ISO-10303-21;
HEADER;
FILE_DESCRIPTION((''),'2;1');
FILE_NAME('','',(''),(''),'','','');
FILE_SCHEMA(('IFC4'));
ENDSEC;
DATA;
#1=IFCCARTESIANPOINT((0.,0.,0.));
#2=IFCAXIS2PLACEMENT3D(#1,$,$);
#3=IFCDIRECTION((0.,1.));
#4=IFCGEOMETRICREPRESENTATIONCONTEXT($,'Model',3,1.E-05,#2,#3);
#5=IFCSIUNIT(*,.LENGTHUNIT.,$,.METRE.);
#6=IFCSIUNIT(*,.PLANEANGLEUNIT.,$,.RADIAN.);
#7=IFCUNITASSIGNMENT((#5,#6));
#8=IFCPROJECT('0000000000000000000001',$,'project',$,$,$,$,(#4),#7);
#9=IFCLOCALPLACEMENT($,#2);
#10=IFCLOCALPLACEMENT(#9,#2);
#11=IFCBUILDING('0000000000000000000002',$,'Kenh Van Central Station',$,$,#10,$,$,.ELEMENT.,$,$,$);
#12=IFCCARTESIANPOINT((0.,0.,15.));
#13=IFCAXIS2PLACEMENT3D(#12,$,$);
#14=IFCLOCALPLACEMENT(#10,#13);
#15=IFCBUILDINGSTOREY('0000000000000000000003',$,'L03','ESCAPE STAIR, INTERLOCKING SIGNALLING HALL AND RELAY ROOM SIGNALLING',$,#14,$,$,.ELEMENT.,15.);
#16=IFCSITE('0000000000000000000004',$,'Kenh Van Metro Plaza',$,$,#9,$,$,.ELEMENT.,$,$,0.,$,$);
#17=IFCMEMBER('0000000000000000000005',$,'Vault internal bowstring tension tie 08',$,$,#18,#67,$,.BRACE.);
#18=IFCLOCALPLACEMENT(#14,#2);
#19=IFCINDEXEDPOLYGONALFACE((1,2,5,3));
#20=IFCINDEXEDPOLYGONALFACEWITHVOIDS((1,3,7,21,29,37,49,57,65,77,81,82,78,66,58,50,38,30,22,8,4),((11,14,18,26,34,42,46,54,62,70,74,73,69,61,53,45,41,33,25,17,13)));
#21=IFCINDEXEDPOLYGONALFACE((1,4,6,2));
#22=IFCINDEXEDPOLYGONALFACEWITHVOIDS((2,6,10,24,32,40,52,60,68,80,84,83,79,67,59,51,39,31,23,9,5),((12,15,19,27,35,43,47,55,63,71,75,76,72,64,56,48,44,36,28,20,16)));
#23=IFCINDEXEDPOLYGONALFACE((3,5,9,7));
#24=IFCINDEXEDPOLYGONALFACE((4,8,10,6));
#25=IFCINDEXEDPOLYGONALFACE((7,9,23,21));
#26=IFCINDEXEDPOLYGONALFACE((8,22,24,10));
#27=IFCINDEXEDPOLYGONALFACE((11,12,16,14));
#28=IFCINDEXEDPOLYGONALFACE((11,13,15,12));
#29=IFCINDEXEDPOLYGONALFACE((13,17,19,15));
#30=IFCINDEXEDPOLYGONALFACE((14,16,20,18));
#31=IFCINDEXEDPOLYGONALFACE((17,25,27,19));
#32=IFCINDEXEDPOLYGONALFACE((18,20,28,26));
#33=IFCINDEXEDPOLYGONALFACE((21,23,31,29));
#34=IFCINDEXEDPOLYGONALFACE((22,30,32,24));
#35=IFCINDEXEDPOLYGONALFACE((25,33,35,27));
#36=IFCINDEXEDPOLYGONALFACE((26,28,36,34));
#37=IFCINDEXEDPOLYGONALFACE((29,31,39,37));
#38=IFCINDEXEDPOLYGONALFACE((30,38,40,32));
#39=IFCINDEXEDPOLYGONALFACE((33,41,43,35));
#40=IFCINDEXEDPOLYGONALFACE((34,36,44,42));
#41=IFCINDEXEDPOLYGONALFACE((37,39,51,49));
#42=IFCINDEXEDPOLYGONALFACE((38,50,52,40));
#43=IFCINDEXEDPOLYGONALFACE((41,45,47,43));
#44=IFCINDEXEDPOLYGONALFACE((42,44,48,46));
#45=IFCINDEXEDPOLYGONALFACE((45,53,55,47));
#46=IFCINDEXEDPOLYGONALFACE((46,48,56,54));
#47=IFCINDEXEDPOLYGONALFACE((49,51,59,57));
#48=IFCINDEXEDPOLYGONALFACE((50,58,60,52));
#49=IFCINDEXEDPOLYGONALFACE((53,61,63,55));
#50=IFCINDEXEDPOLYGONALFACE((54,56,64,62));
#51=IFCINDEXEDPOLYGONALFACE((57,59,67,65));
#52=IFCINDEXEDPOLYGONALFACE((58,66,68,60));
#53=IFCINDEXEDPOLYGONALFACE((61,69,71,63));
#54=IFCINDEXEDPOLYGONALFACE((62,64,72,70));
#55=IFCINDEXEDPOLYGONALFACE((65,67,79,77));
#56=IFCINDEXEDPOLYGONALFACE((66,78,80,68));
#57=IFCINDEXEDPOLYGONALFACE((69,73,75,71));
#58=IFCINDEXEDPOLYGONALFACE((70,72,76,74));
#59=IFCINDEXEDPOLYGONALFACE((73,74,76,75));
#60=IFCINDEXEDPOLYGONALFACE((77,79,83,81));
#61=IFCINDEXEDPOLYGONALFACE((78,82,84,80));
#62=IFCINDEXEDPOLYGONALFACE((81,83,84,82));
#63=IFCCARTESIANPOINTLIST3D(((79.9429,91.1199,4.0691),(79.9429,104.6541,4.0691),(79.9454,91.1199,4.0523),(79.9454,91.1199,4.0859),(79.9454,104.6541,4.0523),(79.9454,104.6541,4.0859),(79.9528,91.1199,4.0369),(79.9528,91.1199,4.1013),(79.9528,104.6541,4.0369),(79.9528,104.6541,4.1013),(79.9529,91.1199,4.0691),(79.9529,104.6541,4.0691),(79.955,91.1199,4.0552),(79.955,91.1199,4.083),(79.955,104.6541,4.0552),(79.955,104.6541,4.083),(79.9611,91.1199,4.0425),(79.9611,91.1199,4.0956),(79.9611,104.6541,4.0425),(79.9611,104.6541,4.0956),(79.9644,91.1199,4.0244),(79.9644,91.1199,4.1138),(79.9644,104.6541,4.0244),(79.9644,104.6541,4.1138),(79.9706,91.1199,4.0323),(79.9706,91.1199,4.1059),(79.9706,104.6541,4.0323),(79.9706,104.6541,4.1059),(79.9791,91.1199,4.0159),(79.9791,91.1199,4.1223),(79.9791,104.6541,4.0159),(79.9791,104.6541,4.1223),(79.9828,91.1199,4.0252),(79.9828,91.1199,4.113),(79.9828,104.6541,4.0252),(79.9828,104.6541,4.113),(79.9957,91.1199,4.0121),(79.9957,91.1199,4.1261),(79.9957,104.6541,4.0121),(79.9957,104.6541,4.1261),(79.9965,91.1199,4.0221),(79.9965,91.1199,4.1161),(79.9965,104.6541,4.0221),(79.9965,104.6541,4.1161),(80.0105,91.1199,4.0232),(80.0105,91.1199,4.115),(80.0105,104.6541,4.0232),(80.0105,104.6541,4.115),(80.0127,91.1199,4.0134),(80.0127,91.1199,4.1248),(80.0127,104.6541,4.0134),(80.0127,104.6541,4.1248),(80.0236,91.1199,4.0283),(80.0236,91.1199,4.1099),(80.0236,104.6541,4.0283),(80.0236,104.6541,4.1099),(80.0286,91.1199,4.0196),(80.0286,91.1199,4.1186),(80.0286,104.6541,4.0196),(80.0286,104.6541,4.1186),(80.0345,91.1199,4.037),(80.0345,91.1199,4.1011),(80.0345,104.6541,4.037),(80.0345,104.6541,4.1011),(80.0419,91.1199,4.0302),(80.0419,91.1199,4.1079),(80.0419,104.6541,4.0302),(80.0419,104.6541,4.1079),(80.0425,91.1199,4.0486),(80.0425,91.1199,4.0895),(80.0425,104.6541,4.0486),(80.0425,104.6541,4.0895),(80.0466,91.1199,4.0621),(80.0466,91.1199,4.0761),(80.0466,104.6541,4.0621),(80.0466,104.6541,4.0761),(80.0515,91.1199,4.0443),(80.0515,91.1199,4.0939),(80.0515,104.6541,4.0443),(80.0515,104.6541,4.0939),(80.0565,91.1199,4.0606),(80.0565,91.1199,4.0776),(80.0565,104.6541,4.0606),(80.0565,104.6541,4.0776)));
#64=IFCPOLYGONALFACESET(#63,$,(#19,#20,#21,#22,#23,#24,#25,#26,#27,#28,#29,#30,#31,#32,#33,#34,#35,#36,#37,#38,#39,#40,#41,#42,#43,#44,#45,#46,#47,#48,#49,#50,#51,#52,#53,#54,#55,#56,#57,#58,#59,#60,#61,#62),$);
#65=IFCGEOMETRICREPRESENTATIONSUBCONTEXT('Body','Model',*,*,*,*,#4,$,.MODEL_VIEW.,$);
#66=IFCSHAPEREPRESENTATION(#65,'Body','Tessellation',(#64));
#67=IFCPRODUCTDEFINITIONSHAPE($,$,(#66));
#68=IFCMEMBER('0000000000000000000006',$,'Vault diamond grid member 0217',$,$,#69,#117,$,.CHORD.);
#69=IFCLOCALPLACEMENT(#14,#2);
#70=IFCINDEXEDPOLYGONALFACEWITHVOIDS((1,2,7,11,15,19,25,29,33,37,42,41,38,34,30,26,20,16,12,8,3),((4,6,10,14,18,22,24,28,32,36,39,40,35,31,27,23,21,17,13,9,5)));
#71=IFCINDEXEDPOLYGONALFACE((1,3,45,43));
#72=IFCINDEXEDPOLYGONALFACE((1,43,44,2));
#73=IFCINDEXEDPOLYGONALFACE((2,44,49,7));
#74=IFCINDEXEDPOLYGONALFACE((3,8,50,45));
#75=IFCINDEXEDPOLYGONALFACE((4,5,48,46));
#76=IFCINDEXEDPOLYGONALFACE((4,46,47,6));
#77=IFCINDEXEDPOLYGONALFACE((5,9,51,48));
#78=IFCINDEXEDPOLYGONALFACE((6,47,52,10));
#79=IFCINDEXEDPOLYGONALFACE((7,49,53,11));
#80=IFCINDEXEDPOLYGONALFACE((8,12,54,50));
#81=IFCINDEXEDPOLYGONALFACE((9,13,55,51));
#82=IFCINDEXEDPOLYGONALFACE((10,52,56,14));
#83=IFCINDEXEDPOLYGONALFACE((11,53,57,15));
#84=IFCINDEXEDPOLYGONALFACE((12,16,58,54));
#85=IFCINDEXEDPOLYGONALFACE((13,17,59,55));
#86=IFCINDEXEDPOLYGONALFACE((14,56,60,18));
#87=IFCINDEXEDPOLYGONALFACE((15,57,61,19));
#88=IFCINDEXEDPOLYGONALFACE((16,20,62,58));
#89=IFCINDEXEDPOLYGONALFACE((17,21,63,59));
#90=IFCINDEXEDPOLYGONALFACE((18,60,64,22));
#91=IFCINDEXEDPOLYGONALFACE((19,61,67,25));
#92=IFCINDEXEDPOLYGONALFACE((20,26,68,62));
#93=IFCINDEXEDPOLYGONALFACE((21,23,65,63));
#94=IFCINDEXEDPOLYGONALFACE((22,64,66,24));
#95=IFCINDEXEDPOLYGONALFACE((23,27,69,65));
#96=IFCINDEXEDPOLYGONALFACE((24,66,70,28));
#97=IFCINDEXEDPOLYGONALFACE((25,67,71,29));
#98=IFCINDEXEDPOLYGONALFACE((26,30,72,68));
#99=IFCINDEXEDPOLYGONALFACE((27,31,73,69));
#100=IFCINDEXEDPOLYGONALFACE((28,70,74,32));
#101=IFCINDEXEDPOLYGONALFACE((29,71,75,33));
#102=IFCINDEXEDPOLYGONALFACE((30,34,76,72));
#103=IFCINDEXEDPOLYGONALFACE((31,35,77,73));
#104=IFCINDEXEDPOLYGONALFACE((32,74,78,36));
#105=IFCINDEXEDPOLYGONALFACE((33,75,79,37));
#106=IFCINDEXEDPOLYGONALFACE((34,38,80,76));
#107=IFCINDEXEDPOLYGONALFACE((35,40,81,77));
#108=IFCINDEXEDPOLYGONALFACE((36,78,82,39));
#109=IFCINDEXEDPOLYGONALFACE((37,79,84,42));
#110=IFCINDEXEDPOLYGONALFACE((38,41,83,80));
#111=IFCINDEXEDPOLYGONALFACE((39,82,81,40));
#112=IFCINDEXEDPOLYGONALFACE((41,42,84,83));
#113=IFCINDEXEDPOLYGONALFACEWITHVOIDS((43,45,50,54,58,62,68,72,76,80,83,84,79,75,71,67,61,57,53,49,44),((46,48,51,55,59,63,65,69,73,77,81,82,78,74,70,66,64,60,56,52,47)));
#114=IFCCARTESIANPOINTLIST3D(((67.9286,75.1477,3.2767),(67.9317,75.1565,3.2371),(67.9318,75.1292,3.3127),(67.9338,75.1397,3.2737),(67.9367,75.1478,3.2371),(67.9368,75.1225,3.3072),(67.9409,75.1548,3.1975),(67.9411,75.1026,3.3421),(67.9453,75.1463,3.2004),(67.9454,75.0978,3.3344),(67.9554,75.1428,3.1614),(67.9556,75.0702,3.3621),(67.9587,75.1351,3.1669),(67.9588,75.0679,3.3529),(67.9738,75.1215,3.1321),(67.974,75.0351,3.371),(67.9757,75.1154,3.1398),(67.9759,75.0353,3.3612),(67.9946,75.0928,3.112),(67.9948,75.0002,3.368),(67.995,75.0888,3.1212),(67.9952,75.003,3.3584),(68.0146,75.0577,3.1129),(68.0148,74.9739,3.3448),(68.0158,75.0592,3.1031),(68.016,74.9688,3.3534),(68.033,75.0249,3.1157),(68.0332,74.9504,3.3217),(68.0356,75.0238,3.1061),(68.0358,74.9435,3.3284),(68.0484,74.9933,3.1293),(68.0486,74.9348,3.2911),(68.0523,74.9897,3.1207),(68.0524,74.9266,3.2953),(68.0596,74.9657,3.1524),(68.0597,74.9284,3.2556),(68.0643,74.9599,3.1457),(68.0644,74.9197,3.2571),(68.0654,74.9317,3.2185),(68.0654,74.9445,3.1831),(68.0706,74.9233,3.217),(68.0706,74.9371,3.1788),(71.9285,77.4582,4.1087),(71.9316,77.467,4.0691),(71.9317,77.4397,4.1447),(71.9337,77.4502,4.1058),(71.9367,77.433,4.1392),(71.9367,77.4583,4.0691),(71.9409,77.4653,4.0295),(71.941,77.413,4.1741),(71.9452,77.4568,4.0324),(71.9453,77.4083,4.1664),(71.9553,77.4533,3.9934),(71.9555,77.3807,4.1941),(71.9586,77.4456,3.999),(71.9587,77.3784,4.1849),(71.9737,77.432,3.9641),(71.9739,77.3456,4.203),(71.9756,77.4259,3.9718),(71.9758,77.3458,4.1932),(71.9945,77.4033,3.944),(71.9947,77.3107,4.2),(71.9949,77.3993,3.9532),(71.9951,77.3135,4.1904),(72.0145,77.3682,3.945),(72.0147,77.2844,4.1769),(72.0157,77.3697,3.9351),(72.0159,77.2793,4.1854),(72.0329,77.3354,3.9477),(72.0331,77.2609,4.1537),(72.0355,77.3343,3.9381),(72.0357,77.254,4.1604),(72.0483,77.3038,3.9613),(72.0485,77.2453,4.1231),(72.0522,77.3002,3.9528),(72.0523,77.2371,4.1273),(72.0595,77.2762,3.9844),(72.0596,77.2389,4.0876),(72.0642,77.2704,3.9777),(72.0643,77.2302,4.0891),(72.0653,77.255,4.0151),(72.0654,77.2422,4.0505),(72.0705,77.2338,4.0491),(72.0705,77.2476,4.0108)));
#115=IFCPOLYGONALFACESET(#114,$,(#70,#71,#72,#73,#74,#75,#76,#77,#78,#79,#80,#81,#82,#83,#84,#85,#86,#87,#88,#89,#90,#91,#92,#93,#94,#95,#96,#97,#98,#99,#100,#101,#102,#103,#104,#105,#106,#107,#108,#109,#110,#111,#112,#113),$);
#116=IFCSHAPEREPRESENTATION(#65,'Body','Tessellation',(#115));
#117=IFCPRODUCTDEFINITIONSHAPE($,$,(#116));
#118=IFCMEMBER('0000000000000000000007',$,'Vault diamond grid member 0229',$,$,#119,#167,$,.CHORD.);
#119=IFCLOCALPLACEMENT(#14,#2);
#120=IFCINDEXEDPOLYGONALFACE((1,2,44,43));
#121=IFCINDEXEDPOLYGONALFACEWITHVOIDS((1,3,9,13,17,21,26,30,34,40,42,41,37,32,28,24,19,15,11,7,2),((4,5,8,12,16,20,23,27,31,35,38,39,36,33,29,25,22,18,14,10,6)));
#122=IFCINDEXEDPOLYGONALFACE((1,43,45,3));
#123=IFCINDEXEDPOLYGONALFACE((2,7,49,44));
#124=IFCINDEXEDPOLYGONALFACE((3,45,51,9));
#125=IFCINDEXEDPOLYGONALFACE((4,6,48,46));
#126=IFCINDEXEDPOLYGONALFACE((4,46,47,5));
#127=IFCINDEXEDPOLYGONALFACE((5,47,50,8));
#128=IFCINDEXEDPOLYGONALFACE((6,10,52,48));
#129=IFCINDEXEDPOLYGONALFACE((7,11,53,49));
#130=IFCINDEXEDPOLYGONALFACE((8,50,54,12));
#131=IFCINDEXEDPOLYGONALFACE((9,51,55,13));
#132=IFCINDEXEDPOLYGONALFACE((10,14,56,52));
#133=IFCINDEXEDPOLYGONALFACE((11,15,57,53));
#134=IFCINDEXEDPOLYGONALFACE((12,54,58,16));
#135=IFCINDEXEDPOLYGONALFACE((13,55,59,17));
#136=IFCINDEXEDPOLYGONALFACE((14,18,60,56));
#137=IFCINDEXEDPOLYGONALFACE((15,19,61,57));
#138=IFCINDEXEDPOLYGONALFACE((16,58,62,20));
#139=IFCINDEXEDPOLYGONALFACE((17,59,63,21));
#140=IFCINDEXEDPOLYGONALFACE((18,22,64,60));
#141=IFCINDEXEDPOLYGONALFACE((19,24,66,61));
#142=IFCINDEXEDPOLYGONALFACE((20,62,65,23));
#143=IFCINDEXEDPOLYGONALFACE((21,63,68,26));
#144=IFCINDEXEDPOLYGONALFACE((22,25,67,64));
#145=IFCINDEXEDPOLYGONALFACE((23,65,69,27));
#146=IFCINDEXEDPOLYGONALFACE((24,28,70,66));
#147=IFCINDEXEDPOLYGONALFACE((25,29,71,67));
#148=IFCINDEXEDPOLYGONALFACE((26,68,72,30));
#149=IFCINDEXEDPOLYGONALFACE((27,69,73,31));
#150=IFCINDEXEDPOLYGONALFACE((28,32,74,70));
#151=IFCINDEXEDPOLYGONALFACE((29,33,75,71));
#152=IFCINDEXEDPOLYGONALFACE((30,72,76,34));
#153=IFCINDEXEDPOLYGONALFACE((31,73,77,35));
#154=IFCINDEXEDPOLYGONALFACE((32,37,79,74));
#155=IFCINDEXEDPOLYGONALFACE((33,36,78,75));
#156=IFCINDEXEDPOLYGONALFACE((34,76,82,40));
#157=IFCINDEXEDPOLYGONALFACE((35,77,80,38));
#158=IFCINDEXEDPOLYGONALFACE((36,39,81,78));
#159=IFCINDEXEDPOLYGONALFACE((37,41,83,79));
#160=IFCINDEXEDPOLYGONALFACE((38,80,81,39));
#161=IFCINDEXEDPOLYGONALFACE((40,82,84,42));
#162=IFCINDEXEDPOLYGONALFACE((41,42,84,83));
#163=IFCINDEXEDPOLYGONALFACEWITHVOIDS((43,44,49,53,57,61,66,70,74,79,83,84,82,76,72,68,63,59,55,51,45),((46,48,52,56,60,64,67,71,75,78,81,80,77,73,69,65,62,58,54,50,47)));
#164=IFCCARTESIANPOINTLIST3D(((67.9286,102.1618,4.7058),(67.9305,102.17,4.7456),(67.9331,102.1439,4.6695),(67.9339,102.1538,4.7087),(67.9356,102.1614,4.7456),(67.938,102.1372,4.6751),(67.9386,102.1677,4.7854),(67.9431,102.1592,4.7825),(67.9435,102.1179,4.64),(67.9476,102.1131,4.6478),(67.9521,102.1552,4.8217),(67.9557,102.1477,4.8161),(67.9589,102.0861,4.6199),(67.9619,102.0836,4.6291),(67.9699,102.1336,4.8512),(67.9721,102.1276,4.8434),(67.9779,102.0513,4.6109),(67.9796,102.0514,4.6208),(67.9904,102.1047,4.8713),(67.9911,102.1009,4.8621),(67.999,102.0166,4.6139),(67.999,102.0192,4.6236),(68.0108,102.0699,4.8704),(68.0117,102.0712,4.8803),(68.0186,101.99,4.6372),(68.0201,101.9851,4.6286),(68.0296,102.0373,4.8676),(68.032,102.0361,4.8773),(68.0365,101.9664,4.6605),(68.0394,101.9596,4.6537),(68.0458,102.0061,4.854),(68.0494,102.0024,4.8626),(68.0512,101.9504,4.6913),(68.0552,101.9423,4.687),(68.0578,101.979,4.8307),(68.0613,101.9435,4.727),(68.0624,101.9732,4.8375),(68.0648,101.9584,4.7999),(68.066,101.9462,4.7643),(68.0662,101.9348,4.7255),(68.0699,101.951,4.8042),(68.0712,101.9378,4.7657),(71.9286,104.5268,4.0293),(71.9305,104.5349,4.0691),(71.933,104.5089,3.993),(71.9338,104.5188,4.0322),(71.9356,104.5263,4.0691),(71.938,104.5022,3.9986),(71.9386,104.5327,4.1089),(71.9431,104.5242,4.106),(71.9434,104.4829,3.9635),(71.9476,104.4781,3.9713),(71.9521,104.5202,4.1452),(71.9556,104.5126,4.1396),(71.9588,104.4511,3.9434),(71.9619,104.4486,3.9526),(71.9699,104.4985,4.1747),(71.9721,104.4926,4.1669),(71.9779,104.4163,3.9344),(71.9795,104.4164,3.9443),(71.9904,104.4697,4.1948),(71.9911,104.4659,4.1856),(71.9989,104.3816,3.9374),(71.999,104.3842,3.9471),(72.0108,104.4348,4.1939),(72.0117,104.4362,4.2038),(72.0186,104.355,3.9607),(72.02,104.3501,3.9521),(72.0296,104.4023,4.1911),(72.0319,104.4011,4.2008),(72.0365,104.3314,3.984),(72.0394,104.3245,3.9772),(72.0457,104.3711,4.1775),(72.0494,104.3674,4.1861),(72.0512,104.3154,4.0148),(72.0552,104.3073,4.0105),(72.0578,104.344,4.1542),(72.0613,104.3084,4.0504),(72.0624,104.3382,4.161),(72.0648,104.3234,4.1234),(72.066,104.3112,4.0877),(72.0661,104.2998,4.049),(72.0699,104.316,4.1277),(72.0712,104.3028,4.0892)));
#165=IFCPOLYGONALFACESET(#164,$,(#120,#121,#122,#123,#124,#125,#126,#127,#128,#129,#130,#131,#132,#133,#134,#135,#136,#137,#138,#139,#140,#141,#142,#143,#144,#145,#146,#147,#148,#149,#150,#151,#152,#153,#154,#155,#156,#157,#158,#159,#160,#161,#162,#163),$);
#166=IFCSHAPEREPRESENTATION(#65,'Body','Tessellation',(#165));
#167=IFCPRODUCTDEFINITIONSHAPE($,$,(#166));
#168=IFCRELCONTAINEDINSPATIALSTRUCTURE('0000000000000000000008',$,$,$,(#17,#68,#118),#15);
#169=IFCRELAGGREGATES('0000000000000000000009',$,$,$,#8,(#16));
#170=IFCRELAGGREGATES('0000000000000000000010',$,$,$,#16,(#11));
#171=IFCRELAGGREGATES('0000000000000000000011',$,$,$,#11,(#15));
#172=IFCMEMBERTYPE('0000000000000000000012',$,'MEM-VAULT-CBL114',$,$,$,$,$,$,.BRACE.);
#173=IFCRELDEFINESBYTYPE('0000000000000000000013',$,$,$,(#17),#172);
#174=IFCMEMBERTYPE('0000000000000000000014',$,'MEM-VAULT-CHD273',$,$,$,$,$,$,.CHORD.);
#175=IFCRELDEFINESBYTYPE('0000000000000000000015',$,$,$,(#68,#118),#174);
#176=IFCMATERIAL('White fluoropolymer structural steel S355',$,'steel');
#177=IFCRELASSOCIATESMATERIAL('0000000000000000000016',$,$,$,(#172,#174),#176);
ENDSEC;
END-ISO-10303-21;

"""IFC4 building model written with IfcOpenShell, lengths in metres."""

from ifc_helpers import new_model, si_unit, direction, frame, origin, origin_2d, place, context, subcontext, project, spatial, hollow_circle, extrude, material, material_profile, profile_set, type_object, element, save


model = new_model("IFC4")

# Units and contexts
model_context = context("Model", 3, precision=1e-05, world=origin(), true_north=direction((0.0, 1.0)))
body_context = subcontext(model_context, "Body", "Model", "MODEL_VIEW")
ifc_project = project(units=[si_unit("LENGTHUNIT", "METRE"), si_unit("PLANEANGLEUNIT", "RADIAN")], contexts=[model_context])

# Site, building, storey
site_placement = place(None, origin())
site = spatial("IfcSite", under=ifc_project, at=site_placement, Name="Kenh Van Metro Plaza", CompositionType="ELEMENT", RefElevation=0.0)
building_placement = place(site_placement, origin())
building = spatial("IfcBuilding", under=site, at=building_placement, Name="Kenh Van Central Station", CompositionType="ELEMENT")
storey_placement = place(building_placement, frame((0.0, 0.0, 15.0)))
storey = spatial("IfcBuildingStorey", under=building, at=storey_placement, Name="L03", Description="ESCAPE STAIR, INTERLOCKING SIGNALLING HALL AND RELAY ROOM SIGNALLING", CompositionType="ELEMENT", Elevation=15.0)

# Shared definitions
ifc_material_1 = material(Name="White fluoropolymer structural steel S355", Category="steel")

# Members
ifc_material_profile_1 = material_profile(ifc_material_1, hollow_circle(Radius=0.0571, WallThickness=0.01, at=origin_2d()), Name="CHS 114.3x10")
ifc_profile_set_1 = profile_set([ifc_material_profile_1], Name="White fluoropolymer structural steel S355")
member_type_1 = type_object("IfcMemberType", Name="MEM-VAULT-CBL114", PredefinedType="BRACE", material=ifc_profile_set_1)
member_1_placement = place(storey_placement, frame((80.0, 91.1199, 4.0691), z_axis=(0.0, 1.0, 0.0), x_axis=(-1.0, 0.0, 0.0)))
element("IfcMember", 1, at=member_1_placement, inside=storey, type_object=member_type_1, Name="Vault internal bowstring tension tie 08", PredefinedType="BRACE", context=body_context, shape_type="SweptSolid", body=[
    extrude(hollow_circle(Radius=0.0571, WallThickness=0.01, at=origin_2d()), origin(), (0.0, 0.0, 1.0), 13.5342),
])
ifc_material_profile_2 = material_profile(ifc_material_1, hollow_circle(Radius=0.1365, WallThickness=0.01, at=origin_2d()), Name="CHS 273x10")
ifc_profile_set_2 = profile_set([ifc_material_profile_2], Name="White fluoropolymer structural steel S355")
member_type_2 = type_object("IfcMemberType", Name="MEM-VAULT-CHD273", PredefinedType="CHORD", material=ifc_profile_set_2)
member_2_placement = place(storey_placement, frame((68.0, 75.0383, 3.2371), z_axis=(0.852205, 0.492265, 0.177265), x_axis=(-0.500186, 0.865918, 0.0)))
element("IfcMember", 2, at=member_2_placement, inside=storey, type_object=member_type_2, Name="Vault diamond grid member 0217", PredefinedType="CHORD", context=body_context, shape_type="SweptSolid", body=[
    extrude(hollow_circle(Radius=0.1365, WallThickness=0.01, at=origin_2d()), origin(), (0.0, 0.0, 1.0), 4.6936),
])
member_3_placement = place(storey_placement, frame((68.0, 102.0525, 4.7456), z_axis=(0.851819, 0.503636, -0.144067), x_axis=(-0.508945, 0.860799, 0.0)))
element("IfcMember", 3, at=member_3_placement, inside=storey, type_object=member_type_2, Name="Vault diamond grid member 0229", PredefinedType="CHORD", context=body_context, shape_type="SweptSolid", body=[
    extrude(hollow_circle(Radius=0.1365, WallThickness=0.01, at=origin_2d()), origin(), (0.0, 0.0, 1.0), 4.6958),
])

save(model, "model.ifc")
